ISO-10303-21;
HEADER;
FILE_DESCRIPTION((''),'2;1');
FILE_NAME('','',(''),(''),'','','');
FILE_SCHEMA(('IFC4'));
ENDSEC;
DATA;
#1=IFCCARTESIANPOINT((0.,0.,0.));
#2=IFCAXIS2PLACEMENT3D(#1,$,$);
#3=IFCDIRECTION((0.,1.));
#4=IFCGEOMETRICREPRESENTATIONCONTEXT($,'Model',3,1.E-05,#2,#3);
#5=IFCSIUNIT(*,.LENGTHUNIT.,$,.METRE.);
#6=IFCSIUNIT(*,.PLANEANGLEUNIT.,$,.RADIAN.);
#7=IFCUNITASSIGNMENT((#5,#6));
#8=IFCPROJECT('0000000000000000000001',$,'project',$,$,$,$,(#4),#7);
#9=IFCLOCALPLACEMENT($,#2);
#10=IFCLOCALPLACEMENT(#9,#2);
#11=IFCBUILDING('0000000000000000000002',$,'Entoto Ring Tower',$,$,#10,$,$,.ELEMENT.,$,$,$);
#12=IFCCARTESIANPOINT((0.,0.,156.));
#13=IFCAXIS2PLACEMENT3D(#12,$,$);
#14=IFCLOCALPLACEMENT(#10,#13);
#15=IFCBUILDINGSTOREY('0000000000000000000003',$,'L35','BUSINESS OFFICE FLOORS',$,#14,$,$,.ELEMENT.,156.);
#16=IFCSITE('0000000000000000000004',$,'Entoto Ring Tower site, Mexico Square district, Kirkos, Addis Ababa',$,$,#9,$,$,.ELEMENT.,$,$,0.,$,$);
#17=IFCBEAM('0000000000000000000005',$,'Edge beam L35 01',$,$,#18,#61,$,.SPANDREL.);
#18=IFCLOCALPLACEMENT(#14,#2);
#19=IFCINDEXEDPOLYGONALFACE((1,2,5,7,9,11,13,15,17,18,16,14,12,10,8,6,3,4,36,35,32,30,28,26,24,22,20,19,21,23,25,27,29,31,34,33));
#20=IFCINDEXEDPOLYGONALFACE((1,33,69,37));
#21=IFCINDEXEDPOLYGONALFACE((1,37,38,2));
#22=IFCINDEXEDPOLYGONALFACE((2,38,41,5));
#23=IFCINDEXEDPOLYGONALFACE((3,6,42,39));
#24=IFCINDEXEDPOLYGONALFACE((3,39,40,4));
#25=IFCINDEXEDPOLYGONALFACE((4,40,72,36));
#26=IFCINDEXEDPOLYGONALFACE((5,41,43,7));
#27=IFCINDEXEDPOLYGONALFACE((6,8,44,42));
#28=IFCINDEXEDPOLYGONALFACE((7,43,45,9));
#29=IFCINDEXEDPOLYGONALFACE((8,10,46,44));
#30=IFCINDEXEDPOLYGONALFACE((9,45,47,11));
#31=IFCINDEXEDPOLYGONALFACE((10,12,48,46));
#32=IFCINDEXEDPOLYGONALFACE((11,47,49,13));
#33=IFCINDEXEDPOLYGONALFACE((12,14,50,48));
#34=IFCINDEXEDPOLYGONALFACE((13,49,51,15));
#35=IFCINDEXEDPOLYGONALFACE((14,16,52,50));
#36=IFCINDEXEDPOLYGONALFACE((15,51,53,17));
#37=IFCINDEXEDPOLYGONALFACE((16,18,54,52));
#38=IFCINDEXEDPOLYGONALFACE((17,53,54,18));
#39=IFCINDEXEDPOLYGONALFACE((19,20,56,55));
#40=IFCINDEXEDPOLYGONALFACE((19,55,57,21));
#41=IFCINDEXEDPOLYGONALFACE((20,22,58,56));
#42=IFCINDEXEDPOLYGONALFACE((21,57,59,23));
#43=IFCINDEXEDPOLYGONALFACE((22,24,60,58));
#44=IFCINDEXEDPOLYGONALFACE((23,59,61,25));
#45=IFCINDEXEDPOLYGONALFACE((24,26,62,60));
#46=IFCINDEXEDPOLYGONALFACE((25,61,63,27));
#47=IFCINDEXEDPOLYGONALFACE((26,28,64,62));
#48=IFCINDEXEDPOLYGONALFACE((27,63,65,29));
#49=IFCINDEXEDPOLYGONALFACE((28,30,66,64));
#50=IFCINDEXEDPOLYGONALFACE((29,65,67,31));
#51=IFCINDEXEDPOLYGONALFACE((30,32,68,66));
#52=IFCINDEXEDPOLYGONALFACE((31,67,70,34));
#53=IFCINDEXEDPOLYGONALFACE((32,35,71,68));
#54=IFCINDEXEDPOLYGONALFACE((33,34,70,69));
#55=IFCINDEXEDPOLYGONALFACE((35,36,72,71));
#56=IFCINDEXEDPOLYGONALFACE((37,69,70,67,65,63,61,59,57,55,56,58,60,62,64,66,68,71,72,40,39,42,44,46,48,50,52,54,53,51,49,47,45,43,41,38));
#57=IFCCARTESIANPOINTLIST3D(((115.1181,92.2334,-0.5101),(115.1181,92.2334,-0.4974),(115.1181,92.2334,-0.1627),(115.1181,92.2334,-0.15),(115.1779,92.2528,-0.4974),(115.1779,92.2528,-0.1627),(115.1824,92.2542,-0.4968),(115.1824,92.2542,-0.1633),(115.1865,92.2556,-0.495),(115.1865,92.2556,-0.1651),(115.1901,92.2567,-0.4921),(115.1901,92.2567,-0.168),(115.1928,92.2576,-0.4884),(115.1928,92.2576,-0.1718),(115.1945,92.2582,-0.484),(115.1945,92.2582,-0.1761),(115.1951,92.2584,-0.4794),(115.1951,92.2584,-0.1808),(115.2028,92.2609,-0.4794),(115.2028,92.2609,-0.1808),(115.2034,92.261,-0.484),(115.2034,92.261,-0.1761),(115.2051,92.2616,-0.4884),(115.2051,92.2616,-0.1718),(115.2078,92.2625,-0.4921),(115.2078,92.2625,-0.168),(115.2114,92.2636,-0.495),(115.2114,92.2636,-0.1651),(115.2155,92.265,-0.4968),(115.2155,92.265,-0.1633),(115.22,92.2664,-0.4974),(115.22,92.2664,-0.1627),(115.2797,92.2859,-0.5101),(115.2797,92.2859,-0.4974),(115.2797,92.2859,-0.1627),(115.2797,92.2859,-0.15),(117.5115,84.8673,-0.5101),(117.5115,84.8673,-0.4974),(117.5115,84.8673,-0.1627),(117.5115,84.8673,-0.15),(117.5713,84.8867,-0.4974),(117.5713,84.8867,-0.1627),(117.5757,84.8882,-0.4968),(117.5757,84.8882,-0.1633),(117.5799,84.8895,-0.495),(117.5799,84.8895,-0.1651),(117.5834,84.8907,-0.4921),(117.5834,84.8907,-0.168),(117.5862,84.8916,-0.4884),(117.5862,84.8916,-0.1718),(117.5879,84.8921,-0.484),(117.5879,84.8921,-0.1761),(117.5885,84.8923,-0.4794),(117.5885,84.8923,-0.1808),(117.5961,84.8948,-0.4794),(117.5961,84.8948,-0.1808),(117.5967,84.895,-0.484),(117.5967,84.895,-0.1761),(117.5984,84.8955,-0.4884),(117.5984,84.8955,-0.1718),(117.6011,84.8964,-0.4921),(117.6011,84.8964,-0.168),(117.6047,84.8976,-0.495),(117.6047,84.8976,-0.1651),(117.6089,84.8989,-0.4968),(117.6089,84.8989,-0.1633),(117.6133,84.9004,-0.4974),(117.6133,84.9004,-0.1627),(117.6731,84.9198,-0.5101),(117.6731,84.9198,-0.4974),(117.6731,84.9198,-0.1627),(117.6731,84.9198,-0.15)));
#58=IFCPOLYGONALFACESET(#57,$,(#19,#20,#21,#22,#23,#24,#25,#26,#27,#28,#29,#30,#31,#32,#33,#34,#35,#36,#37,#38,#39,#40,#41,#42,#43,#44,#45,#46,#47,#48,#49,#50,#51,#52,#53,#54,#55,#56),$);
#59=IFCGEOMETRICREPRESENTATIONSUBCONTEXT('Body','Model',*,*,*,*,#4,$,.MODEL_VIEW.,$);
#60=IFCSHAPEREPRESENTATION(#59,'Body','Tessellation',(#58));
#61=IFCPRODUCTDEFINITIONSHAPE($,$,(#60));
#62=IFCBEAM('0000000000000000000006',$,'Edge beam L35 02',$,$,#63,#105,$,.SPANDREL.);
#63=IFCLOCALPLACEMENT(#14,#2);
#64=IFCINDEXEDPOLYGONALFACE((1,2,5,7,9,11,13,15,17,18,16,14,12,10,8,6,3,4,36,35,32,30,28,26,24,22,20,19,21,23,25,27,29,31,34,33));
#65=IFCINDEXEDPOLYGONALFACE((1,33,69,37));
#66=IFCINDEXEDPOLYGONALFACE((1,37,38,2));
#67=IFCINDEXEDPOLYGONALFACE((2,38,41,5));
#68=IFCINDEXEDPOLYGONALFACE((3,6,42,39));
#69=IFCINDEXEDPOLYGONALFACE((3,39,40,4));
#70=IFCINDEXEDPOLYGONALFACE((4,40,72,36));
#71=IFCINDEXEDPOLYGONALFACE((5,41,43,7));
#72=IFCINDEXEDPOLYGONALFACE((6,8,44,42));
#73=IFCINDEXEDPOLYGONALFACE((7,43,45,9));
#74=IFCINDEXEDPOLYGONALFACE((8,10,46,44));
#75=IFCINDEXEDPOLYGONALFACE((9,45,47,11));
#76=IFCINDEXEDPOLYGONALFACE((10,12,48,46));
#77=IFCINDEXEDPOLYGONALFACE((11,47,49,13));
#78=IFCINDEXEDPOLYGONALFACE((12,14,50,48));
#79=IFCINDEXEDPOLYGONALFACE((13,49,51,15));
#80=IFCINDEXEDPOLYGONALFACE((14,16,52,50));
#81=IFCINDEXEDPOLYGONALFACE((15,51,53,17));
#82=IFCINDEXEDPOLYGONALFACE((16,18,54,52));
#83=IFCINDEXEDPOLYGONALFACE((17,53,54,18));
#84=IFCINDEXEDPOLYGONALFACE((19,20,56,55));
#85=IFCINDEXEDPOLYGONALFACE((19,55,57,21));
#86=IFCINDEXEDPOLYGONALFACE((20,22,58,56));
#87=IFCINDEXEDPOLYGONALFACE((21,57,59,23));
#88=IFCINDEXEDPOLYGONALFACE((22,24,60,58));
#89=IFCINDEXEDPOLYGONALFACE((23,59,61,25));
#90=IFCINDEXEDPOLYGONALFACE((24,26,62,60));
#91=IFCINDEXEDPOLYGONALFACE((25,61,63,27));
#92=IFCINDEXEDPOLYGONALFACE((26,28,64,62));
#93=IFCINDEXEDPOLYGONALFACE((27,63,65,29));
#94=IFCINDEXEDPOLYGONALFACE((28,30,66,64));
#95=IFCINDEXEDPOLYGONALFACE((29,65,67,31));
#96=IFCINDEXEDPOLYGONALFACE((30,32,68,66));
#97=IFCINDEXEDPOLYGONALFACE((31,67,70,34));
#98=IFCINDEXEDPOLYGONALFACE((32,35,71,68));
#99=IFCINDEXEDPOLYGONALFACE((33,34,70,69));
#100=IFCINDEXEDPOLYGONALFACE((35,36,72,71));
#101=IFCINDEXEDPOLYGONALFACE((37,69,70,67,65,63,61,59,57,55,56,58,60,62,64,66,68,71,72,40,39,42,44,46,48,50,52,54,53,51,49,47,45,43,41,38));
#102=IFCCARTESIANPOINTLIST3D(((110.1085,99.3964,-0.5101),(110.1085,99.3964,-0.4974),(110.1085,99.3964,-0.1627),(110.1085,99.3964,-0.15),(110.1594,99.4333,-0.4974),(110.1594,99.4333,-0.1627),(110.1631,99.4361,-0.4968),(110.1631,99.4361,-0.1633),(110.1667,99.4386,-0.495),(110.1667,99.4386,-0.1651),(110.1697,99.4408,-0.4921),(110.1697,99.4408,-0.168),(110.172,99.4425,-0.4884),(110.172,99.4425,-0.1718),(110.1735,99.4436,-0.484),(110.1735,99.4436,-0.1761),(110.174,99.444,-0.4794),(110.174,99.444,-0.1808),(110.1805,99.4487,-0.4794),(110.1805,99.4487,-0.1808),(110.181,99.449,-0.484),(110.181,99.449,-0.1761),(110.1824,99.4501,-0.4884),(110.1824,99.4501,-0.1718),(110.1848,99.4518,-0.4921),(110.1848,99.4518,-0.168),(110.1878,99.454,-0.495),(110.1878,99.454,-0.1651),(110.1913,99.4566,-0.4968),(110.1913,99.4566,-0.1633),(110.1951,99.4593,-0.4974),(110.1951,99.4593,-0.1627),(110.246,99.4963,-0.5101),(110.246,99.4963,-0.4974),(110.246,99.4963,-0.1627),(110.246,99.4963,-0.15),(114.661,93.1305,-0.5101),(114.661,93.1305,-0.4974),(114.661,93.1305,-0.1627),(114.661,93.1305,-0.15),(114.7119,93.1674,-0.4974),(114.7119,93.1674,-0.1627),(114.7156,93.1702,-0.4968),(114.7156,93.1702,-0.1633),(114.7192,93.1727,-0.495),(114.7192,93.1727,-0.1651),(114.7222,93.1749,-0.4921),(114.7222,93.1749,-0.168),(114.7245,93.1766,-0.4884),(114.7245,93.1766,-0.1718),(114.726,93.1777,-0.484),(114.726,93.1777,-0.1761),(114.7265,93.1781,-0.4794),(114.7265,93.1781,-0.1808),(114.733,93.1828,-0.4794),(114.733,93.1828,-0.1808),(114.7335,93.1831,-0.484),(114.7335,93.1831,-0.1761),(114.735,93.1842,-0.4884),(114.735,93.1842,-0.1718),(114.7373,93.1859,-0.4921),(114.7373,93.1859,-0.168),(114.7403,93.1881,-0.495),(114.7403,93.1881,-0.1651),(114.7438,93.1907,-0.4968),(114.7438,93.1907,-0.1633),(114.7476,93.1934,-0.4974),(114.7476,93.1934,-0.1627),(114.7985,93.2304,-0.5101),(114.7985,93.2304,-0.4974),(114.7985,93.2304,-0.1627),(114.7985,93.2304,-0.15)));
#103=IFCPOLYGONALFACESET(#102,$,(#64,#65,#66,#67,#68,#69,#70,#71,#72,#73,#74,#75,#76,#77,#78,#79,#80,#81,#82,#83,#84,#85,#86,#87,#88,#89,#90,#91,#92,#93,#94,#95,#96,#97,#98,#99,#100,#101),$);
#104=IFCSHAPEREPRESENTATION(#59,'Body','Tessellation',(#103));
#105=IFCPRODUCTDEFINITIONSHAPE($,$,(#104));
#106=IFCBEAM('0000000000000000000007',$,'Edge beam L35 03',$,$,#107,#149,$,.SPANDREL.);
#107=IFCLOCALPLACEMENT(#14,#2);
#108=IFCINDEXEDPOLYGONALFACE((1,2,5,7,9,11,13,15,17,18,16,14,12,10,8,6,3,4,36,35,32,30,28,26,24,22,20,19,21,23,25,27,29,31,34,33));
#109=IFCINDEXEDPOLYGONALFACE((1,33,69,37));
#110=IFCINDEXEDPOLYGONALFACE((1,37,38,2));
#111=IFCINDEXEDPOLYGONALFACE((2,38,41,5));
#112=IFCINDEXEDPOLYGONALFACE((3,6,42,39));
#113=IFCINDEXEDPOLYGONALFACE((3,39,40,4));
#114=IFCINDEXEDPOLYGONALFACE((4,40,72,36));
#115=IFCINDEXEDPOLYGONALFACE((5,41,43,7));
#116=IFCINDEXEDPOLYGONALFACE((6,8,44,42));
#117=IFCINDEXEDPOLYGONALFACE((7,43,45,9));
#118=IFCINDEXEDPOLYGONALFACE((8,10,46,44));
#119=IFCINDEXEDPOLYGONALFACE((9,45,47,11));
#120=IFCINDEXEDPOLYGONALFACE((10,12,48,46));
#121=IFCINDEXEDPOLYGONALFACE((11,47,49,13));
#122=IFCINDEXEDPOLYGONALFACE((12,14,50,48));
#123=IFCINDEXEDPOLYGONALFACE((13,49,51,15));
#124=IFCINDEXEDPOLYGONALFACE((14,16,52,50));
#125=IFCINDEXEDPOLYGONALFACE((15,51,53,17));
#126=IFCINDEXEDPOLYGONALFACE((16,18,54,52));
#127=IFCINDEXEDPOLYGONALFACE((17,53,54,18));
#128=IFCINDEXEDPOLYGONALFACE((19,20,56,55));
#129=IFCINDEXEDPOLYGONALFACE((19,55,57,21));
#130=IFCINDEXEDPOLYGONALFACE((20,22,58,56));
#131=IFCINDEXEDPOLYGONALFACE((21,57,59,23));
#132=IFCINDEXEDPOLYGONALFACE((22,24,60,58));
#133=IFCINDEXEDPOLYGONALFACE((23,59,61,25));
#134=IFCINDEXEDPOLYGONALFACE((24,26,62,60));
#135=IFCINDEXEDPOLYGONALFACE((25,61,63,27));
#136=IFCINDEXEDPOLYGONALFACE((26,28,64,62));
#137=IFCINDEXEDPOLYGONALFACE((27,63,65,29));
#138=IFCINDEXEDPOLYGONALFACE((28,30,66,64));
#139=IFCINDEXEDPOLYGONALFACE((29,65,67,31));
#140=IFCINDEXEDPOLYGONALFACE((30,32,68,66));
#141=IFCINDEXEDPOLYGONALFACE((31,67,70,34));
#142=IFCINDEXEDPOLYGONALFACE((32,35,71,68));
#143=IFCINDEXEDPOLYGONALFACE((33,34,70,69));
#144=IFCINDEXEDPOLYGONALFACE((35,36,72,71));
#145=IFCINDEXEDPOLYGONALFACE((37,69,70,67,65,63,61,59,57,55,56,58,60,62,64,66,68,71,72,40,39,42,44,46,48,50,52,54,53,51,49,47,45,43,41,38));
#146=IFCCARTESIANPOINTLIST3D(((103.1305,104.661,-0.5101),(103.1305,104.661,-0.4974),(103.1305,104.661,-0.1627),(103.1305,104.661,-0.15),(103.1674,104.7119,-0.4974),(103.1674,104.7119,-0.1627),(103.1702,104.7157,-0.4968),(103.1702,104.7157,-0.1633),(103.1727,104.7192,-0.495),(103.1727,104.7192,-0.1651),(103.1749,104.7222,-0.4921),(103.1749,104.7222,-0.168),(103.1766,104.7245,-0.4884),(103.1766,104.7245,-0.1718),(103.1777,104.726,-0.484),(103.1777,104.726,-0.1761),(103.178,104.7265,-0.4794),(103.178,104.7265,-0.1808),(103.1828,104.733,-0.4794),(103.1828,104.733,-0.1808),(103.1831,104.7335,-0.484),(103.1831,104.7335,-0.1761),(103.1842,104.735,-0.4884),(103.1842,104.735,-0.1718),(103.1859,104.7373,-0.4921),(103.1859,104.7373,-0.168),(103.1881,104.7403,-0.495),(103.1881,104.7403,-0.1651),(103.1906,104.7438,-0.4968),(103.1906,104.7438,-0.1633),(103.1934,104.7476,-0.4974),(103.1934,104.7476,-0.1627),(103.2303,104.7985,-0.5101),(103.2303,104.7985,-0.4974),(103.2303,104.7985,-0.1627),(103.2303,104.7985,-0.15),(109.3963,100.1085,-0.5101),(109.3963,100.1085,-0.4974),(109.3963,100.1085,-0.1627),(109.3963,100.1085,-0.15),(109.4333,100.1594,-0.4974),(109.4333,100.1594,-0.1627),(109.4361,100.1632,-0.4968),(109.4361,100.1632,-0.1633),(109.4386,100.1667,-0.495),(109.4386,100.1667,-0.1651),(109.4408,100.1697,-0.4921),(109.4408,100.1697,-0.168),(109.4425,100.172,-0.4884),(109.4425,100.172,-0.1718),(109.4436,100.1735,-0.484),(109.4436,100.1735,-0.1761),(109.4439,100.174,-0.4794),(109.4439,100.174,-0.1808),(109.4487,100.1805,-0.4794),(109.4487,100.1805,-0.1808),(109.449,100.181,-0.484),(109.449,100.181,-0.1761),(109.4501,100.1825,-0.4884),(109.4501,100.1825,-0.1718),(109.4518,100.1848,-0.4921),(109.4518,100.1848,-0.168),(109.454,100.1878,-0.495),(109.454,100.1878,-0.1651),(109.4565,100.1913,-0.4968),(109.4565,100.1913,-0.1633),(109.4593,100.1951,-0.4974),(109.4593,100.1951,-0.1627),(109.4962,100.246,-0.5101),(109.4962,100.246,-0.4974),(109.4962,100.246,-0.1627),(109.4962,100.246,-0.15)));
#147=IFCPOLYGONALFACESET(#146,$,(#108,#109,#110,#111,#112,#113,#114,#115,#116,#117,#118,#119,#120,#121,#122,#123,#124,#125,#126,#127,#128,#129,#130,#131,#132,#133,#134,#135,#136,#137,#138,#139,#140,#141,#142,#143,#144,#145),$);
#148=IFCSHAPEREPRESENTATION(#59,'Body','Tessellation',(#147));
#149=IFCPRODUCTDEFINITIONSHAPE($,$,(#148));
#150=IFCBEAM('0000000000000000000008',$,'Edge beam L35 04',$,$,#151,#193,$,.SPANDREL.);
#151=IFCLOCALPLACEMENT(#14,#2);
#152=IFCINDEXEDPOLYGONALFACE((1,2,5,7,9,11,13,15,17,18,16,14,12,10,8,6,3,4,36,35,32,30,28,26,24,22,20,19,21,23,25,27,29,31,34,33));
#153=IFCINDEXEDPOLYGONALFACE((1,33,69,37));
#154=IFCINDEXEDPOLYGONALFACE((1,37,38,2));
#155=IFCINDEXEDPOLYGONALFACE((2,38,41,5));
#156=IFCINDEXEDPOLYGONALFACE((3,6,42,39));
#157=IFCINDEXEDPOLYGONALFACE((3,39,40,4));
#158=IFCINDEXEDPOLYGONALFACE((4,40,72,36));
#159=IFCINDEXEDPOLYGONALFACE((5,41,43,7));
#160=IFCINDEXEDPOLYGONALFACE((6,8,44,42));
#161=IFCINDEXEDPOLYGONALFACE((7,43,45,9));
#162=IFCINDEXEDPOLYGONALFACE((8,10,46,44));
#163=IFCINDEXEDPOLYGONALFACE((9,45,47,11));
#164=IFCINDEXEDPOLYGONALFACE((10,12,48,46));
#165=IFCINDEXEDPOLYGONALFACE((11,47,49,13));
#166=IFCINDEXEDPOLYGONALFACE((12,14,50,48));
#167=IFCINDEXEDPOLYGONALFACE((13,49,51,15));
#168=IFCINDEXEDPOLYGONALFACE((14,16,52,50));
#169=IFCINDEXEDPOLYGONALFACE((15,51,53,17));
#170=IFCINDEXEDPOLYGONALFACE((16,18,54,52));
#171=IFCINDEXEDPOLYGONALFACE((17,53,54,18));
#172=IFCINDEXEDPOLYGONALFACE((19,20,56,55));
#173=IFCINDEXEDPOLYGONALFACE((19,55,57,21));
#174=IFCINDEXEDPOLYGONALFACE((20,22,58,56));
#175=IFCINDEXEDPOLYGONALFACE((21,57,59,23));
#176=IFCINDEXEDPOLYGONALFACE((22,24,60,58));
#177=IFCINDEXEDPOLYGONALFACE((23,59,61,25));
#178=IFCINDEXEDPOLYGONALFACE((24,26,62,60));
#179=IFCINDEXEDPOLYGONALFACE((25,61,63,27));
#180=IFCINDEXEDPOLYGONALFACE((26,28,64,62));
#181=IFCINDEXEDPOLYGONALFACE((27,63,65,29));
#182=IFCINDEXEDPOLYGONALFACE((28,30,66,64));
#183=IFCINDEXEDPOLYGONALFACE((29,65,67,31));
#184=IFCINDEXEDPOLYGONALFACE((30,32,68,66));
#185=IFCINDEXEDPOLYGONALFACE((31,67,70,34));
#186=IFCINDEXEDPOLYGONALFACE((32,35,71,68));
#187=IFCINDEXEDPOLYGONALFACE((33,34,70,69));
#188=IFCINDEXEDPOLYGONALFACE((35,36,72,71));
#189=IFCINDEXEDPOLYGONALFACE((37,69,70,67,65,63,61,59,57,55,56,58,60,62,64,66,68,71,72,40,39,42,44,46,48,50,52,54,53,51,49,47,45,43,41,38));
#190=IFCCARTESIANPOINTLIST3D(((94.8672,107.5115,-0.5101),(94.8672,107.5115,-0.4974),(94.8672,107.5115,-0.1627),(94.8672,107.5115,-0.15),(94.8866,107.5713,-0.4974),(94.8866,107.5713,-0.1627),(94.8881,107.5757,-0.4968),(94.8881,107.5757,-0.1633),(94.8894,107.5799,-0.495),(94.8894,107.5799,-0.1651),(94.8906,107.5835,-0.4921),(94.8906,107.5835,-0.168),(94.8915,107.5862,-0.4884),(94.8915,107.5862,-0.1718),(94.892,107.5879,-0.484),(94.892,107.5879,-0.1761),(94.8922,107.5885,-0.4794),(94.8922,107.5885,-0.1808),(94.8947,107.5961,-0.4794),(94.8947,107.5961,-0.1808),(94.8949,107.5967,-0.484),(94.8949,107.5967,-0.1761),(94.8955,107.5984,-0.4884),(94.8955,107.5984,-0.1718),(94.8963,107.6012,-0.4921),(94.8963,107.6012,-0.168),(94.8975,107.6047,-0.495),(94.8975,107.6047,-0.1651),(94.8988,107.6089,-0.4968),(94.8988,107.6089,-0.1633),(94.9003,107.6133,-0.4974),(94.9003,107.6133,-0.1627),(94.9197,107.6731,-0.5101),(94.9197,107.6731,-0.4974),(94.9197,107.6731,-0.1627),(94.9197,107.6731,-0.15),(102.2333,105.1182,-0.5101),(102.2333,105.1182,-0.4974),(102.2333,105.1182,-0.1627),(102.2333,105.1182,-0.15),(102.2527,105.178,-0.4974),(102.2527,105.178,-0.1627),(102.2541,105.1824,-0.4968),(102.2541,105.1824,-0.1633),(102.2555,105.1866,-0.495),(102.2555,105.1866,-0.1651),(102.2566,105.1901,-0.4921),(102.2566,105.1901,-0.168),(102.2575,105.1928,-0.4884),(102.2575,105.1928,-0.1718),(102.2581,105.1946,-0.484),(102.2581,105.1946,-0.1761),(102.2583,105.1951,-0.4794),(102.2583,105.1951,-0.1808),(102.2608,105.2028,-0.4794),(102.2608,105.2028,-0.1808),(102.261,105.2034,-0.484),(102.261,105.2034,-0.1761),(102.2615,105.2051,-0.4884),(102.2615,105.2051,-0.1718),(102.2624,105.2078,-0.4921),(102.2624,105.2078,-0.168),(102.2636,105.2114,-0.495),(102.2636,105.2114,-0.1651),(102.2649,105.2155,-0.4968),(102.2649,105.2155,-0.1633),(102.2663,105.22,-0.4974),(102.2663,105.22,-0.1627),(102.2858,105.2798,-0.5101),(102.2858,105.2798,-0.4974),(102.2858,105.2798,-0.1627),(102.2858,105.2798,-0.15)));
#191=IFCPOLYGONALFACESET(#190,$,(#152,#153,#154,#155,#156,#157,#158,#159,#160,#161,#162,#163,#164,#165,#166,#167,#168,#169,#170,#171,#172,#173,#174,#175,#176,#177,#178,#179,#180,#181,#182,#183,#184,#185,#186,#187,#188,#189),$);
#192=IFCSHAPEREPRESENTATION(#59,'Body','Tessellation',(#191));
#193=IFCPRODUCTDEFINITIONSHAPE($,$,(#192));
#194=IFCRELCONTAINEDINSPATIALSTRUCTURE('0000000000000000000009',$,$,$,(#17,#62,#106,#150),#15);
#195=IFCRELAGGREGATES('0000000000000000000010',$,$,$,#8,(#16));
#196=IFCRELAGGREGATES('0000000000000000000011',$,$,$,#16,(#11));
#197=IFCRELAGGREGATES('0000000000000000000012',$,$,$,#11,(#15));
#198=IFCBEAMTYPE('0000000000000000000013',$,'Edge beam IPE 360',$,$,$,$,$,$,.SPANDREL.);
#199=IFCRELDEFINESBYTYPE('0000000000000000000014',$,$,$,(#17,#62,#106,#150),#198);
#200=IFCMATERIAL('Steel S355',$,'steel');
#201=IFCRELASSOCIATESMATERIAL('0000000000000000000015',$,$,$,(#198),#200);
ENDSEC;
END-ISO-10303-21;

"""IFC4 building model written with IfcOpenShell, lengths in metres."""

from ifc_helpers import new_model, si_unit, direction, frame, origin, origin_2d, place, context, subcontext, project, spatial, i_section, extrude, material, material_profile, profile_set, type_object, element, save


model = new_model("IFC4")

# Units and contexts
model_context = context("Model", 3, precision=1e-05, world=origin(), true_north=direction((0.0, 1.0)))
body_context = subcontext(model_context, "Body", "Model", "MODEL_VIEW")
ifc_project = project(units=[si_unit("LENGTHUNIT", "METRE"), si_unit("PLANEANGLEUNIT", "RADIAN")], contexts=[model_context])

# Site, building, storey
site_placement = place(None, origin())
site = spatial("IfcSite", under=ifc_project, at=site_placement, Name="Entoto Ring Tower site, Mexico Square district, Kirkos, Addis Ababa", CompositionType="ELEMENT", RefElevation=0.0)
building_placement = place(site_placement, origin())
building = spatial("IfcBuilding", under=site, at=building_placement, Name="Entoto Ring Tower", CompositionType="ELEMENT")
storey_placement = place(building_placement, frame((0.0, 0.0, 156.0)))
storey = spatial("IfcBuildingStorey", under=building, at=storey_placement, Name="L35", Description="BUSINESS OFFICE FLOORS", CompositionType="ELEMENT", Elevation=156.0)

# Beams
ifc_material_1 = material(Name="Steel S355", Category="steel")
ifc_material_profile_1 = material_profile(ifc_material_1, i_section(OverallWidth=0.1699, OverallDepth=0.3601, WebThickness=0.0081, FlangeThickness=0.0127, FilletRadius=0.0181, at=origin_2d()), Name="IPE 360")
ifc_profile_set_1 = profile_set([ifc_material_profile_1], Name="Steel S355")
beam_type_1 = type_object("IfcBeamType", Name="Edge beam IPE 360", PredefinedType="SPANDREL", material=ifc_profile_set_1)
for number, where, z_axis, x_axis, name in (
    (1, (117.5923, 84.8936, -0.3301), (-0.309013, 0.951058, 0.0), (-0.951058, -0.309013, 0.0), "Edge beam L35 01"),
    (2, (114.7297, 93.1804, -0.3301), (-0.587791, 0.809013, 0.0), (-0.809013, -0.587791, 0.0), "Edge beam L35 02"),
    (3, (109.4463, 100.1772, -0.3301), (-0.809013, 0.587791, 0.0), (-0.587791, -0.809013, 0.0), "Edge beam L35 03"),
    (4, (102.2595, 105.199, -0.3301), (-0.951058, 0.309013, 0.0), (-0.309013, -0.951058, 0.0), "Edge beam L35 04"),
):
    element("IfcBeam", number, at=place(storey_placement, frame(where, z_axis=z_axis, x_axis=x_axis)), inside=storey, type_object=beam_type_1, Name=name, PredefinedType="SPANDREL", context=body_context, shape_type="SweptSolid", body=[
        extrude(i_section(OverallWidth=0.1699, OverallDepth=0.3601, WebThickness=0.0081, FlangeThickness=0.0127, FilletRadius=0.0181, at=origin_2d()), origin(), (0.0, 0.0, 1.0), 7.7451),
    ])

save(model, "model.ifc")
